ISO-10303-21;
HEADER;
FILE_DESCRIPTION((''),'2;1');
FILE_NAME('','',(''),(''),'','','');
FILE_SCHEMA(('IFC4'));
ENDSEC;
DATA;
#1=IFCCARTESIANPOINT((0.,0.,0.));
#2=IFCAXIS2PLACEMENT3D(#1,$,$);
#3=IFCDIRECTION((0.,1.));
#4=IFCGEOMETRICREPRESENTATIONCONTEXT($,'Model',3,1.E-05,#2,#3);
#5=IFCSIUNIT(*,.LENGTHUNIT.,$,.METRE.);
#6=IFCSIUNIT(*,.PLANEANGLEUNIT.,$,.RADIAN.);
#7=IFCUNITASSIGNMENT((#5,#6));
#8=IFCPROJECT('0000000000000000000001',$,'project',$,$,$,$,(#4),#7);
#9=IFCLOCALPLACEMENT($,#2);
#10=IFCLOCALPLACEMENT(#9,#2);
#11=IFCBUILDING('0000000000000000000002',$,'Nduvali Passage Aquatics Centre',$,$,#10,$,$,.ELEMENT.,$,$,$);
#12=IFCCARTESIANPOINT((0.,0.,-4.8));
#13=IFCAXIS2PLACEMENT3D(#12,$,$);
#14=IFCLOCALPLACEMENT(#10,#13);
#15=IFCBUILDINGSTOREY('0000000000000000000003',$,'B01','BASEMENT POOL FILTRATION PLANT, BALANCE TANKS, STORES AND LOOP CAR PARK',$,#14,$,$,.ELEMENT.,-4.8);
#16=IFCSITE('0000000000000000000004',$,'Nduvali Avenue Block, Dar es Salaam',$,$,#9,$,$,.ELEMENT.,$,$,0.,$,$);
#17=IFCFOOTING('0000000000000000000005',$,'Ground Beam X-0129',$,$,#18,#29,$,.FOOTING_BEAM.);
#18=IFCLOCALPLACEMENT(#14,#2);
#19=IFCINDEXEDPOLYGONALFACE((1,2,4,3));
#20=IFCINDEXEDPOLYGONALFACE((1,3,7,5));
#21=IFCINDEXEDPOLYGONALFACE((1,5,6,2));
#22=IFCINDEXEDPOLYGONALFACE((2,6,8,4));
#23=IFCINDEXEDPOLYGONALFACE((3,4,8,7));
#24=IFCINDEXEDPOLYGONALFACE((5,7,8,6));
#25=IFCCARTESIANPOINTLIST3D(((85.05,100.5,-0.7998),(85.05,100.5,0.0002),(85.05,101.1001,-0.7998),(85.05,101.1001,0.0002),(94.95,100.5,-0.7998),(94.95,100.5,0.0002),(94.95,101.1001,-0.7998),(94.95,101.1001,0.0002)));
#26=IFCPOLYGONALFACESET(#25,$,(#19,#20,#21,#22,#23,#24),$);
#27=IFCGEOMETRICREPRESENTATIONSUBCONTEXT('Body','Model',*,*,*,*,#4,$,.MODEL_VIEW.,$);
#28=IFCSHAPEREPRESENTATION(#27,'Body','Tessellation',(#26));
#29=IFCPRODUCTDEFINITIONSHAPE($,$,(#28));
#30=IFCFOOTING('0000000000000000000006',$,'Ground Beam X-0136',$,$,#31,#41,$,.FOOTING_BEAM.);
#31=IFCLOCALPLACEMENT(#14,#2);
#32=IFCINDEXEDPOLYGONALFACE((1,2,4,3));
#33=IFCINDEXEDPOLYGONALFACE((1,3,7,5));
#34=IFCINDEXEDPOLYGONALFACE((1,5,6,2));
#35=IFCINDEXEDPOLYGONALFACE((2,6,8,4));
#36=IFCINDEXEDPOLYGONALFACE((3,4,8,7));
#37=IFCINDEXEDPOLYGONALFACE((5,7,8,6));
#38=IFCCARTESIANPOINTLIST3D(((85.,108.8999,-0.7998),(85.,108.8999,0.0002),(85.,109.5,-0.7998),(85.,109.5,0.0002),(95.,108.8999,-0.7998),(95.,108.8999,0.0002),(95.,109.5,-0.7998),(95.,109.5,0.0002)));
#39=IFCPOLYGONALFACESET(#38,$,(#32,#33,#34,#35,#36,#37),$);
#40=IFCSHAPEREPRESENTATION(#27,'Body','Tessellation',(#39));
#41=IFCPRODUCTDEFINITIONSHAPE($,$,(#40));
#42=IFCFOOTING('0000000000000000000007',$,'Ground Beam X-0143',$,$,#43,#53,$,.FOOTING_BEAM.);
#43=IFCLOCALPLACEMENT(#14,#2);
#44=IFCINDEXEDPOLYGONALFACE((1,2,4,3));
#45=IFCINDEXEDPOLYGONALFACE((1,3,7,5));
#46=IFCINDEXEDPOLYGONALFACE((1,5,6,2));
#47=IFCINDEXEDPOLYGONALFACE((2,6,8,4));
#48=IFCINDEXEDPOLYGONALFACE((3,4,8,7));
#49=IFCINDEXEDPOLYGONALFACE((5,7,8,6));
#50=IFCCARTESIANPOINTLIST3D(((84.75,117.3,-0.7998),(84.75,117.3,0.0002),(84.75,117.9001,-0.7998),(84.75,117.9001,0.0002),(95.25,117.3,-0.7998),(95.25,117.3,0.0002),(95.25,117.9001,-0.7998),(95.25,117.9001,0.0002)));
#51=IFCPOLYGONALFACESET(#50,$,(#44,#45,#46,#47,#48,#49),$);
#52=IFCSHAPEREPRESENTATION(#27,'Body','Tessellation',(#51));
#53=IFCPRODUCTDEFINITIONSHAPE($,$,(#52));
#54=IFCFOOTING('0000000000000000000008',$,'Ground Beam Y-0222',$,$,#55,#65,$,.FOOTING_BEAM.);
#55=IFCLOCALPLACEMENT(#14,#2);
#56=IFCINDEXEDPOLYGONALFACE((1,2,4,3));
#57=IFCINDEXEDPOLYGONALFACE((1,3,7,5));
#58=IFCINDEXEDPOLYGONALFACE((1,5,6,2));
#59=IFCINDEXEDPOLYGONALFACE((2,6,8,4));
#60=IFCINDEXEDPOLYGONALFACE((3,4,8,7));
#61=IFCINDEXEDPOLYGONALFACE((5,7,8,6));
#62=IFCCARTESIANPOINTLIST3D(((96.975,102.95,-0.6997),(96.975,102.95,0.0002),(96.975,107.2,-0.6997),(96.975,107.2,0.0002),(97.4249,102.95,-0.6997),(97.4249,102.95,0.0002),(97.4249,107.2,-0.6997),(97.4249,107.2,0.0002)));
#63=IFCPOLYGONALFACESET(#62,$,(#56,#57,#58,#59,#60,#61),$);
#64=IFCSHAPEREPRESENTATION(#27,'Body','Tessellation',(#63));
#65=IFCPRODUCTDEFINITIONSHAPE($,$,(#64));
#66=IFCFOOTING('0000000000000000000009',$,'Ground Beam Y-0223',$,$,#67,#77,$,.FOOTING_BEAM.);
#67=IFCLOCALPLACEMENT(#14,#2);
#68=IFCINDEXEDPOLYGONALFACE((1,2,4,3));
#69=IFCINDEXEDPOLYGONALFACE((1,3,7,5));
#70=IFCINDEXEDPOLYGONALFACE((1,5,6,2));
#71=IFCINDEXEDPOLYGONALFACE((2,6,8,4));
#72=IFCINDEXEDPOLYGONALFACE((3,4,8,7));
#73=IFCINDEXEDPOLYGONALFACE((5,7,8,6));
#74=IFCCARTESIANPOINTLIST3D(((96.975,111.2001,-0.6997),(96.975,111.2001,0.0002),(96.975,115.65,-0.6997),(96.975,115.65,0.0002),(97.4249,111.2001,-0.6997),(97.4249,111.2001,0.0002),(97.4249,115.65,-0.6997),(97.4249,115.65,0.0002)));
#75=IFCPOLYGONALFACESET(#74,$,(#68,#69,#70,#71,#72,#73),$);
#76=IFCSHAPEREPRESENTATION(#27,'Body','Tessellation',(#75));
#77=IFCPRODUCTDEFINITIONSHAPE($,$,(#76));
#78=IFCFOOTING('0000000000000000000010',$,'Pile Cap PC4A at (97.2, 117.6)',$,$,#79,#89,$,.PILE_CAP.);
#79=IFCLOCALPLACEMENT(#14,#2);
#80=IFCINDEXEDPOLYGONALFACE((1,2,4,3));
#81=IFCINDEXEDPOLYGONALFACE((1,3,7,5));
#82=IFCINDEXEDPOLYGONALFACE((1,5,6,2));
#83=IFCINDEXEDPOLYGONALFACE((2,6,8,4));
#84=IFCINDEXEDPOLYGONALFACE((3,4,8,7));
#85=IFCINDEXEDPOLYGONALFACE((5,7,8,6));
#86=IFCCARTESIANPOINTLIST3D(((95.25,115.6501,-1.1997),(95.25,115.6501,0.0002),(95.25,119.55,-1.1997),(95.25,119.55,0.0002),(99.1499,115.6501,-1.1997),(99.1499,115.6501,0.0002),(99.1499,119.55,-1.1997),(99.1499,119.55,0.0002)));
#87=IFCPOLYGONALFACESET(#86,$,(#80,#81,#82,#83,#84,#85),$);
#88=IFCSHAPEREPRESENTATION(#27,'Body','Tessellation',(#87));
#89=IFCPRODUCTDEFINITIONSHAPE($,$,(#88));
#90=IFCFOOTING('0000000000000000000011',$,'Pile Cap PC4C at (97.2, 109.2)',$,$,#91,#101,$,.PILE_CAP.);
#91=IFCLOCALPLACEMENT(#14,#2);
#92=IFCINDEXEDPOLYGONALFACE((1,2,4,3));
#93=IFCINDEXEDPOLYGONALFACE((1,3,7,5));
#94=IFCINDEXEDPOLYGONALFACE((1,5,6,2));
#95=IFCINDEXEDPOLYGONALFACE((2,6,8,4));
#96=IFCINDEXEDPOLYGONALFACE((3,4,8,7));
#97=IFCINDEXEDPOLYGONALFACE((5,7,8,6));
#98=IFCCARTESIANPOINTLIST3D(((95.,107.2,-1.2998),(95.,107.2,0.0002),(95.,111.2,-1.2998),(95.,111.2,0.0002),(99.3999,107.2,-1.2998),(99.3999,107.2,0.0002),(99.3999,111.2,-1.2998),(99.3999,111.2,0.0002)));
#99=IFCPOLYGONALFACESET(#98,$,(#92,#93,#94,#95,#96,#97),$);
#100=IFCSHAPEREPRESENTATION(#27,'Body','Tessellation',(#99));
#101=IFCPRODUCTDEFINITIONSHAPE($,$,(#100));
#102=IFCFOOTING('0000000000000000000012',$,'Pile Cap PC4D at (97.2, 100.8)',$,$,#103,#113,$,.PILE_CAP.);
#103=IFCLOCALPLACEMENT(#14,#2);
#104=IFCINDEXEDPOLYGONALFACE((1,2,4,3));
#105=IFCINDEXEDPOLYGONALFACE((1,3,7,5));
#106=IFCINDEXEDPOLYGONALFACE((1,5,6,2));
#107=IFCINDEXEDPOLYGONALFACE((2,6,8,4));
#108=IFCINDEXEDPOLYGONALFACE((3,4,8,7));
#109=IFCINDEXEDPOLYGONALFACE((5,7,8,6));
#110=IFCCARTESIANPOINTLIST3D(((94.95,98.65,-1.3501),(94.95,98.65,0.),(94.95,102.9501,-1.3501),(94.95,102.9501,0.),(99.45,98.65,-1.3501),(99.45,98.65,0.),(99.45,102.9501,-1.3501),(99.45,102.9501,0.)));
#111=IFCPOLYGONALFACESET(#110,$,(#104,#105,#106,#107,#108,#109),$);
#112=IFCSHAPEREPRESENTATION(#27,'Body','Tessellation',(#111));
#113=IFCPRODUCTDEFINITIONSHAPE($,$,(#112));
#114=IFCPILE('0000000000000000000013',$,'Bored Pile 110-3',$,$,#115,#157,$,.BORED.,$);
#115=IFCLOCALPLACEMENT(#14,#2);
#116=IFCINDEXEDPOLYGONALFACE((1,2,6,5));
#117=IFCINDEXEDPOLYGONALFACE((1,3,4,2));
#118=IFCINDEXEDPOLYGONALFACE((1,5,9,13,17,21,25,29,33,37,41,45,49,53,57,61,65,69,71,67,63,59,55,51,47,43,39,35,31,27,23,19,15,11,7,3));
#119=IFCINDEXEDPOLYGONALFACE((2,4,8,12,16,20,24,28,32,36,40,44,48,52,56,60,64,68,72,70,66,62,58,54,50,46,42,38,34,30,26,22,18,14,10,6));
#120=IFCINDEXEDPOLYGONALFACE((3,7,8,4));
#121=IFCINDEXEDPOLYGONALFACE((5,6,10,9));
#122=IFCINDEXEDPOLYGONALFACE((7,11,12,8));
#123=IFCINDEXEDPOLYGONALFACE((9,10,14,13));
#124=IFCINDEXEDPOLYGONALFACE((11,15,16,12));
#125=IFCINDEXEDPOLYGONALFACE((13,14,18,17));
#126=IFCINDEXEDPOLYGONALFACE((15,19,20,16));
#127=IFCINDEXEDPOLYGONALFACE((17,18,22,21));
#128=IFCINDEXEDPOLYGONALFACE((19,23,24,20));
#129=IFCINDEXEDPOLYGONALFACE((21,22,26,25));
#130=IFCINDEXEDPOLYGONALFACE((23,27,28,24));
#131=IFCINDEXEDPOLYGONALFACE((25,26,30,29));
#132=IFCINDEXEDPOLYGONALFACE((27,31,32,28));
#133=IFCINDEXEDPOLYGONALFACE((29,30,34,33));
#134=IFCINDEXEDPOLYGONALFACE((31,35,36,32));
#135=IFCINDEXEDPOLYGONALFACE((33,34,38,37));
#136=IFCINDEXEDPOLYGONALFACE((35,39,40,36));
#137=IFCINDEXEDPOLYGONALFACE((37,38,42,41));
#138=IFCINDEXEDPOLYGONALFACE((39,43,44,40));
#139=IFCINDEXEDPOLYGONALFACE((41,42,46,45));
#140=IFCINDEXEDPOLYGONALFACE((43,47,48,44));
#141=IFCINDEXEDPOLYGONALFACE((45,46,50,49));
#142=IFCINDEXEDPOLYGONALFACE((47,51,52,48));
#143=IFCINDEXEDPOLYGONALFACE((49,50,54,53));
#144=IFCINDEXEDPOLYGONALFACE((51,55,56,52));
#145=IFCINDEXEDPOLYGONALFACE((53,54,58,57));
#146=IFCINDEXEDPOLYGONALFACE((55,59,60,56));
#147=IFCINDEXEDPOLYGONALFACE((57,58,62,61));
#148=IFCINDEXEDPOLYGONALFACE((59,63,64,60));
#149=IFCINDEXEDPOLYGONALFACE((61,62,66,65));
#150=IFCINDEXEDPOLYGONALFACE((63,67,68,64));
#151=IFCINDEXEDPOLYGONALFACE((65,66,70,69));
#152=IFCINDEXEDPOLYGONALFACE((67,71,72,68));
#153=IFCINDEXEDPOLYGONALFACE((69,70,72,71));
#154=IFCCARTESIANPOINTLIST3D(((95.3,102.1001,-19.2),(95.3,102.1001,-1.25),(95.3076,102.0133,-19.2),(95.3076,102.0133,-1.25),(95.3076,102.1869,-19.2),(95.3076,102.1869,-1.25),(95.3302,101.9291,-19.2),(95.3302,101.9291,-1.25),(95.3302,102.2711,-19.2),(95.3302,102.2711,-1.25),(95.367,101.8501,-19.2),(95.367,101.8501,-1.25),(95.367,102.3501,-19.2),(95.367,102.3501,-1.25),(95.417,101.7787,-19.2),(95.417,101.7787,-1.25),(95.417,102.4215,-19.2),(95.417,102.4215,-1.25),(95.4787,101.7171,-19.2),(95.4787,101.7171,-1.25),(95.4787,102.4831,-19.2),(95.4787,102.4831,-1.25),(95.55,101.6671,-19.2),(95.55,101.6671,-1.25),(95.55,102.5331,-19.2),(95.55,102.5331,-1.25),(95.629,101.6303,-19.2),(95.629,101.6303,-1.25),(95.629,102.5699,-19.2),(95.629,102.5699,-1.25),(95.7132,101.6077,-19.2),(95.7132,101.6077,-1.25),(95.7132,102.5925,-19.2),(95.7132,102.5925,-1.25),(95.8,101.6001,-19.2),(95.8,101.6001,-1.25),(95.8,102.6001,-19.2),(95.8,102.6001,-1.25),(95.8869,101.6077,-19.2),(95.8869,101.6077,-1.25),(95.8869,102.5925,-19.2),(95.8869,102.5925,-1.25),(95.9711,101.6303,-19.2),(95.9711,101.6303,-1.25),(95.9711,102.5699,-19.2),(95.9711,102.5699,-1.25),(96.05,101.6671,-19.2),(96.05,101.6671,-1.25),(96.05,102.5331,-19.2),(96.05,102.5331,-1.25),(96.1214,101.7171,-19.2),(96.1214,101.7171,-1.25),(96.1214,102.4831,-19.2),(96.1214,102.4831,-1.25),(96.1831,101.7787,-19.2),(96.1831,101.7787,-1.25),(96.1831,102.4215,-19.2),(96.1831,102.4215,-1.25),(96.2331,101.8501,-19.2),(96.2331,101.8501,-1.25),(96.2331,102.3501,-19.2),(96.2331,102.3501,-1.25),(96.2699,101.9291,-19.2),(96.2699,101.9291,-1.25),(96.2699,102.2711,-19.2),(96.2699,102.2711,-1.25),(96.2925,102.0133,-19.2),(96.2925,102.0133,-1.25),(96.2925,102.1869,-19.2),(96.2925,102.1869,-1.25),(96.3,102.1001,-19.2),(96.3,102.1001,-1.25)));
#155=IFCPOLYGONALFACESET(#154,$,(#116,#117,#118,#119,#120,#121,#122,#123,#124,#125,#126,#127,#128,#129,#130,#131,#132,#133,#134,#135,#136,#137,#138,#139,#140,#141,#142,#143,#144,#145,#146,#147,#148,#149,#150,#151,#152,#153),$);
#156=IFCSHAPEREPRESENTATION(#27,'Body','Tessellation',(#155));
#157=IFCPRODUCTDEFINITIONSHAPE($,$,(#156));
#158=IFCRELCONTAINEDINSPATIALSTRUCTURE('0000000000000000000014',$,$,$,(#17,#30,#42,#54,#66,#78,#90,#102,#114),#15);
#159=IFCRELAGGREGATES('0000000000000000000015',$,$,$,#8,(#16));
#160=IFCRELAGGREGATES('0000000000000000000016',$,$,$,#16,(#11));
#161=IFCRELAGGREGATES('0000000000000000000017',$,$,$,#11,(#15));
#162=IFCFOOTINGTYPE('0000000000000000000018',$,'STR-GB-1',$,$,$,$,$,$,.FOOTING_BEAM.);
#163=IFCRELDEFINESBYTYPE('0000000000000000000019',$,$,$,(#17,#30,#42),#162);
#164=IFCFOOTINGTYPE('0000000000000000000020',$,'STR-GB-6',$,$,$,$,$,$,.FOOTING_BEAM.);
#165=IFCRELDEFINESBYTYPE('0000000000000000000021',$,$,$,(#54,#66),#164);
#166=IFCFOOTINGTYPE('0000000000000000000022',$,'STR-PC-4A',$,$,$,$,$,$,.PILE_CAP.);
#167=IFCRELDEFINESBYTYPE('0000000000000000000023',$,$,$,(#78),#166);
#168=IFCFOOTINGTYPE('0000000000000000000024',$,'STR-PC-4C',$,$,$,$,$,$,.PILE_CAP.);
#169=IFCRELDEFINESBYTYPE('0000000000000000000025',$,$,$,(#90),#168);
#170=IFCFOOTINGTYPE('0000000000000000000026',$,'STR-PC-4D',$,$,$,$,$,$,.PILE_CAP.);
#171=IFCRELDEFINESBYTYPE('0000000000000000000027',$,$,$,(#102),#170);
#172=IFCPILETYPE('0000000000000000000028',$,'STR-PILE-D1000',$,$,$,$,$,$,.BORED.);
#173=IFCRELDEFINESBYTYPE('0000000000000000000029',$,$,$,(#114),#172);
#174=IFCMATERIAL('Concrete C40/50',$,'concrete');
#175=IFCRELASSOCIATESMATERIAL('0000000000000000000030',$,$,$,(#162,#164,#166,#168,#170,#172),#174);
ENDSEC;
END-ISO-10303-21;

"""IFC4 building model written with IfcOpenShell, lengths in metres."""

from ifc_helpers import new_model, si_unit, direction, frame, origin, origin_2d, place, context, subcontext, project, spatial, rectangle, circle, extrude, material, material_profile, profile_set, type_object, element, save


model = new_model("IFC4")

# Units and contexts
model_context = context("Model", 3, precision=1e-05, world=origin(), true_north=direction((0.0, 1.0)))
body_context = subcontext(model_context, "Body", "Model", "MODEL_VIEW")
ifc_project = project(units=[si_unit("LENGTHUNIT", "METRE"), si_unit("PLANEANGLEUNIT", "RADIAN")], contexts=[model_context])

# Site, building, storey
site_placement = place(None, origin())
site = spatial("IfcSite", under=ifc_project, at=site_placement, Name="Nduvali Avenue Block, Dar es Salaam", CompositionType="ELEMENT", RefElevation=0.0)
building_placement = place(site_placement, origin())
building = spatial("IfcBuilding", under=site, at=building_placement, Name="Nduvali Passage Aquatics Centre", CompositionType="ELEMENT")
storey_placement = place(building_placement, frame((0.0, 0.0, -4.8)))
storey = spatial("IfcBuildingStorey", under=building, at=storey_placement, Name="B01", Description="BASEMENT POOL FILTRATION PLANT, BALANCE TANKS, STORES AND LOOP CAR PARK", CompositionType="ELEMENT", Elevation=-4.8)

# Footings
ifc_material_1 = material(Name="Concrete C40/50", Category="concrete")
footing_type_1 = type_object("IfcFootingType", Name="STR-GB-1", PredefinedType="FOOTING_BEAM", material=ifc_material_1)
footing_1_placement = place(storey_placement, frame((90.0, 100.8, -0.7998), z_axis=(0.0, 0.0, 1.0), x_axis=(1.0, 0.0, 0.0)))
element("IfcFooting", 1, at=footing_1_placement, inside=storey, type_object=footing_type_1, Name="Ground Beam X-0129", PredefinedType="FOOTING_BEAM", context=body_context, shape_type="SweptSolid", body=[
    extrude(rectangle(XDim=9.8999, YDim=0.6001, at=origin_2d()), origin(), (0.0, 0.0, 1.0), 0.8),
])
footing_2_placement = place(storey_placement, frame((90.0, 109.2, -0.7998), z_axis=(0.0, 0.0, 1.0), x_axis=(1.0, 0.0, 0.0)))
element("IfcFooting", 2, at=footing_2_placement, inside=storey, type_object=footing_type_1, Name="Ground Beam X-0136", PredefinedType="FOOTING_BEAM", context=body_context, shape_type="SweptSolid", body=[
    extrude(rectangle(XDim=10.0, YDim=0.6001, at=origin_2d()), origin(), (0.0, 0.0, 1.0), 0.8),
])
footing_3_placement = place(storey_placement, frame((90.0, 117.6001, -0.7998), z_axis=(0.0, 0.0, 1.0), x_axis=(1.0, 0.0, 0.0)))
element("IfcFooting", 3, at=footing_3_placement, inside=storey, type_object=footing_type_1, Name="Ground Beam X-0143", PredefinedType="FOOTING_BEAM", context=body_context, shape_type="SweptSolid", body=[
    extrude(rectangle(XDim=10.5, YDim=0.6001, at=origin_2d()), origin(), (0.0, 0.0, 1.0), 0.8),
])
footing_type_2 = type_object("IfcFootingType", Name="STR-GB-6", PredefinedType="FOOTING_BEAM", material=ifc_material_1)
footing_4_placement = place(storey_placement, frame((97.2, 105.075, -0.6997), z_axis=(0.0, 0.0, 1.0), x_axis=(0.0, 1.0, 0.0)))
element("IfcFooting", 4, at=footing_4_placement, inside=storey, type_object=footing_type_2, Name="Ground Beam Y-0222", PredefinedType="FOOTING_BEAM", context=body_context, shape_type="SweptSolid", body=[
    extrude(rectangle(XDim=4.25, YDim=0.45, at=origin_2d()), origin(), (0.0, 0.0, 1.0), 0.7),
])
footing_5_placement = place(storey_placement, frame((97.2, 113.425, -0.6997), z_axis=(0.0, 0.0, 1.0), x_axis=(0.0, 1.0, 0.0)))
element("IfcFooting", 5, at=footing_5_placement, inside=storey, type_object=footing_type_2, Name="Ground Beam Y-0223", PredefinedType="FOOTING_BEAM", context=body_context, shape_type="SweptSolid", body=[
    extrude(rectangle(XDim=4.45, YDim=0.45, at=origin_2d()), origin(), (0.0, 0.0, 1.0), 0.7),
])
footing_type_3 = type_object("IfcFootingType", Name="STR-PC-4A", PredefinedType="PILE_CAP", material=ifc_material_1)
footing_6_placement = place(storey_placement, frame((97.2, 117.6001, -1.1997), z_axis=(0.0, 0.0, 1.0), x_axis=(1.0, 0.0, 0.0)))
element("IfcFooting", 6, at=footing_6_placement, inside=storey, type_object=footing_type_3, Name="Pile Cap PC4A at (97.2, 117.6)", PredefinedType="PILE_CAP", context=body_context, shape_type="SweptSolid", body=[
    extrude(rectangle(XDim=3.8999, YDim=3.8999, at=origin_2d()), origin(), (0.0, 0.0, 1.0), 1.2),
])
footing_type_4 = type_object("IfcFootingType", Name="STR-PC-4C", PredefinedType="PILE_CAP", material=ifc_material_1)
footing_7_placement = place(storey_placement, frame((97.2, 109.2, -1.2998), z_axis=(0.0, 0.0, 1.0), x_axis=(1.0, 0.0, 0.0)))
element("IfcFooting", 7, at=footing_7_placement, inside=storey, type_object=footing_type_4, Name="Pile Cap PC4C at (97.2, 109.2)", PredefinedType="PILE_CAP", context=body_context, shape_type="SweptSolid", body=[
    extrude(rectangle(XDim=4.3999, YDim=4.0, at=origin_2d()), origin(), (0.0, 0.0, 1.0), 1.3),
])
footing_type_5 = type_object("IfcFootingType", Name="STR-PC-4D", PredefinedType="PILE_CAP", material=ifc_material_1)
footing_8_placement = place(storey_placement, frame((97.2, 100.8, -1.3501), z_axis=(0.0, 0.0, 1.0), x_axis=(1.0, 0.0, 0.0)))
element("IfcFooting", 8, at=footing_8_placement, inside=storey, type_object=footing_type_5, Name="Pile Cap PC4D at (97.2, 100.8)", PredefinedType="PILE_CAP", context=body_context, shape_type="SweptSolid", body=[
    extrude(rectangle(XDim=4.5, YDim=4.3, at=origin_2d()), origin(), (0.0, 0.0, 1.0), 1.3501),
])

# Pile
ifc_material_profile_1 = material_profile(ifc_material_1, circle(Radius=0.5, at=origin_2d()), Name="PILE D1000")
ifc_profile_set_1 = profile_set([ifc_material_profile_1], Name="Concrete C40/50")
pile_type_1 = type_object("IfcPileType", Name="STR-PILE-D1000", PredefinedType="BORED", material=ifc_profile_set_1)
pile_placement = place(storey_placement, frame((95.8, 102.1001, -1.25), z_axis=(0.0, 0.0, -1.0), x_axis=(1.0, 0.0, 0.0)))
element("IfcPile", 9, at=pile_placement, inside=storey, type_object=pile_type_1, Name="Bored Pile 110-3", PredefinedType="BORED", context=body_context, shape_type="SweptSolid", body=[
    extrude(circle(Radius=0.5, at=origin_2d()), origin(), (0.0, 0.0, 1.0), 17.95),
])

save(model, "model.ifc")
